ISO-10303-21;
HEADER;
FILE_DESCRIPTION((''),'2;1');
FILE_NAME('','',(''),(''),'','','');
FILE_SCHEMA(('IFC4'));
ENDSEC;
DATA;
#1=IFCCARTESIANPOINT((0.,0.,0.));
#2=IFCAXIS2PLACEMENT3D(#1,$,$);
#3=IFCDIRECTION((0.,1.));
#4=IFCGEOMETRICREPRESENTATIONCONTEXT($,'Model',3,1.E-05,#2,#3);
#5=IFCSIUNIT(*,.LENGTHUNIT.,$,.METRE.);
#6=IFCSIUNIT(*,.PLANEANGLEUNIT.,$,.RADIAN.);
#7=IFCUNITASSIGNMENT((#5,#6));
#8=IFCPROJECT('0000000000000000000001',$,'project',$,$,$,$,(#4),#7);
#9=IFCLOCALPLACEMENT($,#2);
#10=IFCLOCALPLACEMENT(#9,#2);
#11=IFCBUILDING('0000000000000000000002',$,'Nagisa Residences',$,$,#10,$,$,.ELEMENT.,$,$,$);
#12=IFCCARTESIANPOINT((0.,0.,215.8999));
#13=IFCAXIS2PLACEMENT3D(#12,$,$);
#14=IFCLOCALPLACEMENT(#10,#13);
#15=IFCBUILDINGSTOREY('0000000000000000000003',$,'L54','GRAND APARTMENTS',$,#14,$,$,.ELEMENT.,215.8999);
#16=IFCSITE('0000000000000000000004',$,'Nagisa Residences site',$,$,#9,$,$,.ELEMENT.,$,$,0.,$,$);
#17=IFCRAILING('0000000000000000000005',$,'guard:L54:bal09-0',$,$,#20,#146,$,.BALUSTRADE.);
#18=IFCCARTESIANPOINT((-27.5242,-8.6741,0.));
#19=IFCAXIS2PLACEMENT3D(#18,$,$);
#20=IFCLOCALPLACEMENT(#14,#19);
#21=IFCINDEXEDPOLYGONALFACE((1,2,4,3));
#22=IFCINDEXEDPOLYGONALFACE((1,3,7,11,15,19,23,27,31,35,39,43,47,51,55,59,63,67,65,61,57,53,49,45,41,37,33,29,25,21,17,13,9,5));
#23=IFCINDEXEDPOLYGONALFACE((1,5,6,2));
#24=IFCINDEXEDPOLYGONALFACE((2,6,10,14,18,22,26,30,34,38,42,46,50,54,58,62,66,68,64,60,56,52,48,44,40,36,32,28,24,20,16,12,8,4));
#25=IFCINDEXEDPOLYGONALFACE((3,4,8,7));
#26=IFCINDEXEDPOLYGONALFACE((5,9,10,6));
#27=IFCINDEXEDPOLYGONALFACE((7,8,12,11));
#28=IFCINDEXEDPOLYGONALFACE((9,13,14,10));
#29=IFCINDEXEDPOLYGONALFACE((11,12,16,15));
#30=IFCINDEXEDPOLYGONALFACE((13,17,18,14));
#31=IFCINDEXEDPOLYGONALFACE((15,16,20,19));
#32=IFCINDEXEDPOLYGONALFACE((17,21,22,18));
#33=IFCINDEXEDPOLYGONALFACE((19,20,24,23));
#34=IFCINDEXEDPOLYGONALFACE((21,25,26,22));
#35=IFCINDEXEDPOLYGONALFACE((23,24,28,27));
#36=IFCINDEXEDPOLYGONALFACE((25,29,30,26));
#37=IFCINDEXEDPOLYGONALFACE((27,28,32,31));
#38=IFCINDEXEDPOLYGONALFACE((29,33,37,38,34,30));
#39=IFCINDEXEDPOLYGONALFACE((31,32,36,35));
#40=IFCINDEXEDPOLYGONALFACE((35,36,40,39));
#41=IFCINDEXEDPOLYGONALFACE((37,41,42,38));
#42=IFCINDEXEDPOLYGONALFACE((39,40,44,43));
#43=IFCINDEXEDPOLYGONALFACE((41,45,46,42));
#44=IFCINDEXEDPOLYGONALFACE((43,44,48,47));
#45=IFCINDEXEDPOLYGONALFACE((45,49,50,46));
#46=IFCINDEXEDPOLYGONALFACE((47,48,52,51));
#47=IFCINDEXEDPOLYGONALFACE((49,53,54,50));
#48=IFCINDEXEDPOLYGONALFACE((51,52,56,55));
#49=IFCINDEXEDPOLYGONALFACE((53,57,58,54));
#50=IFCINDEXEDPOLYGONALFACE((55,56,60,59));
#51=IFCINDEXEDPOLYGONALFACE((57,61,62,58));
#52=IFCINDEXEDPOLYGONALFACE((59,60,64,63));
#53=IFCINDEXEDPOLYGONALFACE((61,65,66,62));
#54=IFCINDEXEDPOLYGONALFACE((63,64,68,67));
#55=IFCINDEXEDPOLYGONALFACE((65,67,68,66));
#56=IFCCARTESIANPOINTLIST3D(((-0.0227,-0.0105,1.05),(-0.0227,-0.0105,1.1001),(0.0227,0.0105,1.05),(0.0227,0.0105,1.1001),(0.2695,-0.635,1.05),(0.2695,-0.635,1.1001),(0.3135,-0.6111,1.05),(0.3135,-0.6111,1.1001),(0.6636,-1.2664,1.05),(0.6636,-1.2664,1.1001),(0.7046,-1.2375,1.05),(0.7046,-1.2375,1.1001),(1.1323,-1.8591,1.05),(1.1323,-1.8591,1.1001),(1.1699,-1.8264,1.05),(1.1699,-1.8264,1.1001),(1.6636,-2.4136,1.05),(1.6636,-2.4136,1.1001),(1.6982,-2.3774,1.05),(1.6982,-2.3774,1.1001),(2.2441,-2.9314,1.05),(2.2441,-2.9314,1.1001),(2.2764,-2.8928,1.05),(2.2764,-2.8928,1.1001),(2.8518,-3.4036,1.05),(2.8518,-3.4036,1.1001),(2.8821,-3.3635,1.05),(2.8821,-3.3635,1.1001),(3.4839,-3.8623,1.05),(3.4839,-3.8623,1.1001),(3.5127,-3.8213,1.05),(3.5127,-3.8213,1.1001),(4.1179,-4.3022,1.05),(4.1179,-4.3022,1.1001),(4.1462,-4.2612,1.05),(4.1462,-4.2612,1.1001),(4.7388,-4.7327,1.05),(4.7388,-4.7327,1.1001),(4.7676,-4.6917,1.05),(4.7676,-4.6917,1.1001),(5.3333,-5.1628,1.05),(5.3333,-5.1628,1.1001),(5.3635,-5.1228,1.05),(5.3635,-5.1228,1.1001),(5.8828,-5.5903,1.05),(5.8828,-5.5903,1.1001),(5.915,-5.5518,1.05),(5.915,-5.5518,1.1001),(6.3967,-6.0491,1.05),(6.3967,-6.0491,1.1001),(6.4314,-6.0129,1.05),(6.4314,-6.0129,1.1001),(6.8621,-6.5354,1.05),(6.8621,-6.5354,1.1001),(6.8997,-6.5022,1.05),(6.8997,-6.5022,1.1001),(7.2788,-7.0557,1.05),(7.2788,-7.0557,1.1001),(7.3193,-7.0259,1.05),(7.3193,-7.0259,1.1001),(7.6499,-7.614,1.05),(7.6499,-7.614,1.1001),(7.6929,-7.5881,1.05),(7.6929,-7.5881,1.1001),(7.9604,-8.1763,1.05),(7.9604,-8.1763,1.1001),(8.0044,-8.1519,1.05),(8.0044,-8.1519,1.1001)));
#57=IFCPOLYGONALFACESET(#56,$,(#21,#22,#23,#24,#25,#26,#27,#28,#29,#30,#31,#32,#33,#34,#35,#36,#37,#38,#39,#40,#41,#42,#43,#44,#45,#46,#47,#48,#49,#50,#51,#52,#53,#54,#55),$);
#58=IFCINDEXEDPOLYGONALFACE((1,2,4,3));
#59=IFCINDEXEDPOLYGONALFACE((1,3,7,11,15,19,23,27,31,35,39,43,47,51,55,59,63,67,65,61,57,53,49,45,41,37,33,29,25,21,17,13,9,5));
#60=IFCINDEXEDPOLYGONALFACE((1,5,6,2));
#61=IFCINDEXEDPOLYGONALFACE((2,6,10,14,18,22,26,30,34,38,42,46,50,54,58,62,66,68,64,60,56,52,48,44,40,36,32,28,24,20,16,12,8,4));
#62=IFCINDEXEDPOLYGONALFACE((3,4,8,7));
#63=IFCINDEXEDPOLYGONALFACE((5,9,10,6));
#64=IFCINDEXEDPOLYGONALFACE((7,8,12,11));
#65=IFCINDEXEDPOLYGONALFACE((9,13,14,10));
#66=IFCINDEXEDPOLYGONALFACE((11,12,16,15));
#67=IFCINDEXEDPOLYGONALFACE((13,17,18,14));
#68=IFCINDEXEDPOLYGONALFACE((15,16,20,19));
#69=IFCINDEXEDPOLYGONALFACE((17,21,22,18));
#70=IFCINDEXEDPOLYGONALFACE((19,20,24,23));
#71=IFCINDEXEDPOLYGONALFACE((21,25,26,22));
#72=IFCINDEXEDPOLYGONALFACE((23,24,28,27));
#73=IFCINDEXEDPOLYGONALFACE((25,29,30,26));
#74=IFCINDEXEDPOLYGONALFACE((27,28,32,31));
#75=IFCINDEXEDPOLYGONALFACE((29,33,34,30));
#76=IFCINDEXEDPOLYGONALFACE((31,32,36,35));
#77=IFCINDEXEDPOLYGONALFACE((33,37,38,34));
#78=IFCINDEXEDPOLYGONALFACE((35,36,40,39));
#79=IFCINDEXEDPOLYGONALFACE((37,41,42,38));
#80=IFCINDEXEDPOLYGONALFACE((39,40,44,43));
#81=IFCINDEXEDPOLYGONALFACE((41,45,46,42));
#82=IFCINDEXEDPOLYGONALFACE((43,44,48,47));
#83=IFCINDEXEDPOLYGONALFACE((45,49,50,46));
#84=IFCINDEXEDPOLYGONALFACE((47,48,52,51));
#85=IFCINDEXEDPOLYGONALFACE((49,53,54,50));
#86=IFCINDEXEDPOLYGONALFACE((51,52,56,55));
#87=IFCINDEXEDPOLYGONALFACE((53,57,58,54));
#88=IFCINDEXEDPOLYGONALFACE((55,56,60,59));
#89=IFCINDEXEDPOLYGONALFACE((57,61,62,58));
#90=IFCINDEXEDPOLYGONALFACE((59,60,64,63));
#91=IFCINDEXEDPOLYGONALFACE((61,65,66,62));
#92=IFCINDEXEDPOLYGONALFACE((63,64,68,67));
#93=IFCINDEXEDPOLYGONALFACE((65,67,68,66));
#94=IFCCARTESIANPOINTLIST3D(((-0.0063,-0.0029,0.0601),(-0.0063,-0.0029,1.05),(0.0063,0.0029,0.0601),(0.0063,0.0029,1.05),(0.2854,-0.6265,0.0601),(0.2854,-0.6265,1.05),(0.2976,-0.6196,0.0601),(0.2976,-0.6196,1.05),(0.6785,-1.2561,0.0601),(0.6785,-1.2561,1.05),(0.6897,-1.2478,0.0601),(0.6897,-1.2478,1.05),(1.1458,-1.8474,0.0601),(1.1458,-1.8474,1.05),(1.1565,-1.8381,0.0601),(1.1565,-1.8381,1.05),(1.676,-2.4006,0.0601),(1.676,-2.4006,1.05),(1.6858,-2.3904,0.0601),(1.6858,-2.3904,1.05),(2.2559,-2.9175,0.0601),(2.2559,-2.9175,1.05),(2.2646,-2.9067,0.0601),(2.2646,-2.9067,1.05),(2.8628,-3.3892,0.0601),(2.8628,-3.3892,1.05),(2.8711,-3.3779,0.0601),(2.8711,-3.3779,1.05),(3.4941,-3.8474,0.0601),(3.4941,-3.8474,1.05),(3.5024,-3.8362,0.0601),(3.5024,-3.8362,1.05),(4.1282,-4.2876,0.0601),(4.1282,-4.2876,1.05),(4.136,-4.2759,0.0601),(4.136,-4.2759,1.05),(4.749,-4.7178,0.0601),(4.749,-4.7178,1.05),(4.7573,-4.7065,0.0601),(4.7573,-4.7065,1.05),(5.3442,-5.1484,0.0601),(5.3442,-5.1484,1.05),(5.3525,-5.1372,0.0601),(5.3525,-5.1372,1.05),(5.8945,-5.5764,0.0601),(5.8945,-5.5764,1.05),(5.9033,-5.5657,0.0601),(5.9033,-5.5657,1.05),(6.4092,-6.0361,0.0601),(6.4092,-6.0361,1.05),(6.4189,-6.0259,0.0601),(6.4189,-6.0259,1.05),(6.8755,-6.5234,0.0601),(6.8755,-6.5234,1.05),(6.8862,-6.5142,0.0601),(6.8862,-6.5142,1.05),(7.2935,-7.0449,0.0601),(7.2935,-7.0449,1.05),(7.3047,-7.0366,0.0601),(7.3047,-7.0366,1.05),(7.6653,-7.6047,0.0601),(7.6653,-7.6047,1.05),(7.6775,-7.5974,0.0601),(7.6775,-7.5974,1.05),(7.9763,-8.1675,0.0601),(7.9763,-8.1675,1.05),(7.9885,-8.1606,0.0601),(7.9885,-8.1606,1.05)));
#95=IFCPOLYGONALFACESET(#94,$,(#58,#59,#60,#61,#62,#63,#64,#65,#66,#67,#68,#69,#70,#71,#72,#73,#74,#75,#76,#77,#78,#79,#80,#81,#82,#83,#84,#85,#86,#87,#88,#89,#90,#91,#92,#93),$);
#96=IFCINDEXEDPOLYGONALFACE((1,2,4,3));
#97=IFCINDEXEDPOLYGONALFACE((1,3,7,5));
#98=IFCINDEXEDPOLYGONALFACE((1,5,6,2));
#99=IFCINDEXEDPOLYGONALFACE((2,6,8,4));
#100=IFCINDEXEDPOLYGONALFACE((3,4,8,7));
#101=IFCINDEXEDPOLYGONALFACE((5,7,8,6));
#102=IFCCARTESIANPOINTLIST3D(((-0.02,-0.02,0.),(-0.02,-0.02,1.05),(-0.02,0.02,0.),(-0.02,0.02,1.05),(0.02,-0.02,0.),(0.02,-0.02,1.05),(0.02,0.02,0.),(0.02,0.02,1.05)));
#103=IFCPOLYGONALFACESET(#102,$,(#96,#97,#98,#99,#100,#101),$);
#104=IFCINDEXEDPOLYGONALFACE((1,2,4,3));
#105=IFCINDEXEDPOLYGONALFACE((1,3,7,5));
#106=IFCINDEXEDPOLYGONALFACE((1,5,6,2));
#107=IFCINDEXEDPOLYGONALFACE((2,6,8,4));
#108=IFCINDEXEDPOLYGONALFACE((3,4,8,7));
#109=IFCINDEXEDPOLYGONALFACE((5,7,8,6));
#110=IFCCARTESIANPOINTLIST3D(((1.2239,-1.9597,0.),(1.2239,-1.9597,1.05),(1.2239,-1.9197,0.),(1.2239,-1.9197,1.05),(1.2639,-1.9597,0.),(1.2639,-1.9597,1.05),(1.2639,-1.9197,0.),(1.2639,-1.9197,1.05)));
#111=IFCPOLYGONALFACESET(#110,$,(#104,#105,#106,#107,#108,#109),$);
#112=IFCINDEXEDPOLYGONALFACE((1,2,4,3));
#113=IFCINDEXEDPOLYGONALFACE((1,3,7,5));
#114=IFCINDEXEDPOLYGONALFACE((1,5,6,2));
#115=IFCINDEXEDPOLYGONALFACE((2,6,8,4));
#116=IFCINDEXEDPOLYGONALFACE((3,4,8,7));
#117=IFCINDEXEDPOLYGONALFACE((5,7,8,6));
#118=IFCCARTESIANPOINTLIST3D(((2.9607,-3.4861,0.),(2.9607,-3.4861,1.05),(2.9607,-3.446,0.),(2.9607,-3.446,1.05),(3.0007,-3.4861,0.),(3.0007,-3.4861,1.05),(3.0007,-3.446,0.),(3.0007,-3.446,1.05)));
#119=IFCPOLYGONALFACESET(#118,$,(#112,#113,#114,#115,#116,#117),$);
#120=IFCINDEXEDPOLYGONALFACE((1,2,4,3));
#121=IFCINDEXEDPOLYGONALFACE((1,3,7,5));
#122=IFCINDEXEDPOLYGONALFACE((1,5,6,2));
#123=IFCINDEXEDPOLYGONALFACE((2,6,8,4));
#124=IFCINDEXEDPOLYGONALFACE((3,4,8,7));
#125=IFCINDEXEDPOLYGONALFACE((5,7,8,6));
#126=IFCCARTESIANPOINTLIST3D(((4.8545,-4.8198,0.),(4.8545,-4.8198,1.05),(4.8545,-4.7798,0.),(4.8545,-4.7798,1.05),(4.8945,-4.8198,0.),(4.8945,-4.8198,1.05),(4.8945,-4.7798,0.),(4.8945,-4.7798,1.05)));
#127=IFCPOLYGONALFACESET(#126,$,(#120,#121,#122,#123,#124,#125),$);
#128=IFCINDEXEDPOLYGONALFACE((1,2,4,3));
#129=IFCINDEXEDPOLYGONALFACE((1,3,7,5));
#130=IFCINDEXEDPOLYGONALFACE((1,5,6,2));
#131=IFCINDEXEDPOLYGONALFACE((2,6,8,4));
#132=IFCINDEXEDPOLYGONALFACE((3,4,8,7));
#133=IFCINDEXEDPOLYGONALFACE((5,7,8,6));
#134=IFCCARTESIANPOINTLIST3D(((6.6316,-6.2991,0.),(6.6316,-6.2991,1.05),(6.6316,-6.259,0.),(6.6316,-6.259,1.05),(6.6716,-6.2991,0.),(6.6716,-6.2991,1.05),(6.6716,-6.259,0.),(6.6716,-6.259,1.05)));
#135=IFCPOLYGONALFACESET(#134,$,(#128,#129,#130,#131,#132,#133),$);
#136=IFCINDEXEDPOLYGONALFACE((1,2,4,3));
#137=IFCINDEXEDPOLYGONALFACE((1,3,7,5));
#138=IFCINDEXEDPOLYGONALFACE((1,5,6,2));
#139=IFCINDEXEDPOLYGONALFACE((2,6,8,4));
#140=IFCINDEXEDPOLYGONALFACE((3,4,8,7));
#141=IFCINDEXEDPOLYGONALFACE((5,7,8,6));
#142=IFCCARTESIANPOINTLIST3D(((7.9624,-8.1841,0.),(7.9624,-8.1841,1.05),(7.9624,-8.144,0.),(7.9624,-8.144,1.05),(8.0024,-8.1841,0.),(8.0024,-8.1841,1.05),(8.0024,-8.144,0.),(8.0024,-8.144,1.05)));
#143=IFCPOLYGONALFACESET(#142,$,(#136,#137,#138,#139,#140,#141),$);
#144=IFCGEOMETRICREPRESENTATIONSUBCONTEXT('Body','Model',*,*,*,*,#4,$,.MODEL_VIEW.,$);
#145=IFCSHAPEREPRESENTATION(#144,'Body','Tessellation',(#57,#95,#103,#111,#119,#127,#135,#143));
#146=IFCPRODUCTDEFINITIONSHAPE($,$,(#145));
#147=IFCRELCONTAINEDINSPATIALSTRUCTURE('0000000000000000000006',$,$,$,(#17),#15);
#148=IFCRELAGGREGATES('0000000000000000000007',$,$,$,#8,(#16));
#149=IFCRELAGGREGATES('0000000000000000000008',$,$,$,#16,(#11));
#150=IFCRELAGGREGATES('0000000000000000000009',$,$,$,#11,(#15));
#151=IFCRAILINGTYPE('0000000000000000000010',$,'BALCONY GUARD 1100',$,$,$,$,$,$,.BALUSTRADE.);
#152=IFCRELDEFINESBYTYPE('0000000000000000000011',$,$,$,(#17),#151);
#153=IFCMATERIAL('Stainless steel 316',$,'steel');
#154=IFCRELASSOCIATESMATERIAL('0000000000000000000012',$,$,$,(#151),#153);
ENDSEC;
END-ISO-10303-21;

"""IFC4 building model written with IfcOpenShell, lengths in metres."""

from ifc_helpers import new_model, si_unit, direction, frame, origin, origin_2d, place, context, subcontext, project, spatial, polyline, rectangle, outline, extrude, material, type_object, element, save


model = new_model("IFC4")

# Units and contexts
model_context = context("Model", 3, precision=1e-05, world=origin(), true_north=direction((0.0, 1.0)))
body_context = subcontext(model_context, "Body", "Model", "MODEL_VIEW")
ifc_project = project(units=[si_unit("LENGTHUNIT", "METRE"), si_unit("PLANEANGLEUNIT", "RADIAN")], contexts=[model_context])

# Site, building, storey
site_placement = place(None, origin())
site = spatial("IfcSite", under=ifc_project, at=site_placement, Name="Nagisa Residences site", CompositionType="ELEMENT", RefElevation=0.0)
building_placement = place(site_placement, origin())
building = spatial("IfcBuilding", under=site, at=building_placement, Name="Nagisa Residences", CompositionType="ELEMENT")
storey_placement = place(building_placement, frame((0.0, 0.0, 215.8999)))
storey = spatial("IfcBuildingStorey", under=building, at=storey_placement, Name="L54", Description="GRAND APARTMENTS", CompositionType="ELEMENT", Elevation=215.8999)

# Railing
ifc_material_1 = material(Name="Stainless steel 316", Category="steel")
railing_type = type_object("IfcRailingType", Name="BALCONY GUARD 1100", PredefinedType="BALUSTRADE", material=ifc_material_1)
railing_placement = place(storey_placement, frame((-27.5242, -8.6741, 0.0)))
element("IfcRailing", 1, at=railing_placement, inside=storey, type_object=railing_type, Name="guard:L54:bal09-0", PredefinedType="BALUSTRADE", context=body_context, shape_type="SweptSolid", body=[
    extrude(outline(polyline([(0.3135, -0.6111), (0.0227, 0.0105), (-0.0227, -0.0105), (0.2695, -0.635), (0.6636, -1.2664), (1.1323, -1.8591), (1.6636, -2.4136), (2.2441, -2.9314), (2.8518, -3.4036), (3.4839, -3.8623), (4.1179, -4.3022), (4.7388, -4.7327), (5.3333, -5.1628), (5.8828, -5.5903), (6.3967, -6.0491), (6.8621, -6.5354), (7.2788, -7.0557), (7.6499, -7.614), (7.9604, -8.1763), (8.0044, -8.1519), (7.6929, -7.5881), (7.3193, -7.0259), (6.8997, -6.5022), (6.4314, -6.0129), (5.915, -5.5518), (5.3635, -5.1228), (4.7676, -4.6917), (4.1462, -4.2612), (3.5127, -3.8213), (2.8821, -3.3635), (2.2764, -2.8928), (1.6982, -2.3774), (1.1699, -1.8264), (0.7046, -1.2375), (0.3135, -0.6111)])), frame((0.0, 0.0, 1.05)), (0.0, 0.0, 1.0), 0.05),
    extrude(outline(polyline([(0.2976, -0.6196), (0.0063, 0.0029), (-0.0063, -0.0029), (0.2854, -0.6265), (0.6785, -1.2561), (1.1458, -1.8474), (1.676, -2.4006), (2.2559, -2.9175), (2.8628, -3.3892), (3.4941, -3.8474), (4.1282, -4.2876), (4.749, -4.7178), (5.3442, -5.1484), (5.8945, -5.5764), (6.4092, -6.0361), (6.8755, -6.5234), (7.2935, -7.0449), (7.6653, -7.6047), (7.9763, -8.1675), (7.9885, -8.1606), (7.6775, -7.5974), (7.3047, -7.0366), (6.8862, -6.5142), (6.4189, -6.0259), (5.9033, -5.5657), (5.3525, -5.1372), (4.7573, -4.7065), (4.136, -4.2759), (3.5024, -3.8362), (2.8711, -3.3779), (2.2646, -2.9067), (1.6858, -2.3904), (1.1565, -1.8381), (0.6897, -1.2478), (0.2976, -0.6196)])), frame((0.0, 0.0, 0.0601)), (0.0, 0.0, 1.0), 0.99),
    extrude(rectangle(XDim=0.04, YDim=0.04, at=origin_2d()), origin(), (0.0, 0.0, 1.0), 1.05),
    extrude(rectangle(XDim=0.04, YDim=0.04, at=origin_2d()), frame((1.2439, -1.9397, 0.0)), (0.0, 0.0, 1.0), 1.05),
    extrude(rectangle(XDim=0.04, YDim=0.04, at=origin_2d()), frame((2.9807, -3.4661, 0.0)), (0.0, 0.0, 1.0), 1.05),
    extrude(rectangle(XDim=0.04, YDim=0.04, at=origin_2d()), frame((4.8745, -4.7998, 0.0)), (0.0, 0.0, 1.0), 1.05),
    extrude(rectangle(XDim=0.04, YDim=0.04, at=origin_2d()), frame((6.6516, -6.2791, 0.0)), (0.0, 0.0, 1.0), 1.05),
    extrude(rectangle(XDim=0.04, YDim=0.04, at=origin_2d()), frame((7.9824, -8.1641, 0.0)), (0.0, 0.0, 1.0), 1.05),
])

save(model, "model.ifc")
